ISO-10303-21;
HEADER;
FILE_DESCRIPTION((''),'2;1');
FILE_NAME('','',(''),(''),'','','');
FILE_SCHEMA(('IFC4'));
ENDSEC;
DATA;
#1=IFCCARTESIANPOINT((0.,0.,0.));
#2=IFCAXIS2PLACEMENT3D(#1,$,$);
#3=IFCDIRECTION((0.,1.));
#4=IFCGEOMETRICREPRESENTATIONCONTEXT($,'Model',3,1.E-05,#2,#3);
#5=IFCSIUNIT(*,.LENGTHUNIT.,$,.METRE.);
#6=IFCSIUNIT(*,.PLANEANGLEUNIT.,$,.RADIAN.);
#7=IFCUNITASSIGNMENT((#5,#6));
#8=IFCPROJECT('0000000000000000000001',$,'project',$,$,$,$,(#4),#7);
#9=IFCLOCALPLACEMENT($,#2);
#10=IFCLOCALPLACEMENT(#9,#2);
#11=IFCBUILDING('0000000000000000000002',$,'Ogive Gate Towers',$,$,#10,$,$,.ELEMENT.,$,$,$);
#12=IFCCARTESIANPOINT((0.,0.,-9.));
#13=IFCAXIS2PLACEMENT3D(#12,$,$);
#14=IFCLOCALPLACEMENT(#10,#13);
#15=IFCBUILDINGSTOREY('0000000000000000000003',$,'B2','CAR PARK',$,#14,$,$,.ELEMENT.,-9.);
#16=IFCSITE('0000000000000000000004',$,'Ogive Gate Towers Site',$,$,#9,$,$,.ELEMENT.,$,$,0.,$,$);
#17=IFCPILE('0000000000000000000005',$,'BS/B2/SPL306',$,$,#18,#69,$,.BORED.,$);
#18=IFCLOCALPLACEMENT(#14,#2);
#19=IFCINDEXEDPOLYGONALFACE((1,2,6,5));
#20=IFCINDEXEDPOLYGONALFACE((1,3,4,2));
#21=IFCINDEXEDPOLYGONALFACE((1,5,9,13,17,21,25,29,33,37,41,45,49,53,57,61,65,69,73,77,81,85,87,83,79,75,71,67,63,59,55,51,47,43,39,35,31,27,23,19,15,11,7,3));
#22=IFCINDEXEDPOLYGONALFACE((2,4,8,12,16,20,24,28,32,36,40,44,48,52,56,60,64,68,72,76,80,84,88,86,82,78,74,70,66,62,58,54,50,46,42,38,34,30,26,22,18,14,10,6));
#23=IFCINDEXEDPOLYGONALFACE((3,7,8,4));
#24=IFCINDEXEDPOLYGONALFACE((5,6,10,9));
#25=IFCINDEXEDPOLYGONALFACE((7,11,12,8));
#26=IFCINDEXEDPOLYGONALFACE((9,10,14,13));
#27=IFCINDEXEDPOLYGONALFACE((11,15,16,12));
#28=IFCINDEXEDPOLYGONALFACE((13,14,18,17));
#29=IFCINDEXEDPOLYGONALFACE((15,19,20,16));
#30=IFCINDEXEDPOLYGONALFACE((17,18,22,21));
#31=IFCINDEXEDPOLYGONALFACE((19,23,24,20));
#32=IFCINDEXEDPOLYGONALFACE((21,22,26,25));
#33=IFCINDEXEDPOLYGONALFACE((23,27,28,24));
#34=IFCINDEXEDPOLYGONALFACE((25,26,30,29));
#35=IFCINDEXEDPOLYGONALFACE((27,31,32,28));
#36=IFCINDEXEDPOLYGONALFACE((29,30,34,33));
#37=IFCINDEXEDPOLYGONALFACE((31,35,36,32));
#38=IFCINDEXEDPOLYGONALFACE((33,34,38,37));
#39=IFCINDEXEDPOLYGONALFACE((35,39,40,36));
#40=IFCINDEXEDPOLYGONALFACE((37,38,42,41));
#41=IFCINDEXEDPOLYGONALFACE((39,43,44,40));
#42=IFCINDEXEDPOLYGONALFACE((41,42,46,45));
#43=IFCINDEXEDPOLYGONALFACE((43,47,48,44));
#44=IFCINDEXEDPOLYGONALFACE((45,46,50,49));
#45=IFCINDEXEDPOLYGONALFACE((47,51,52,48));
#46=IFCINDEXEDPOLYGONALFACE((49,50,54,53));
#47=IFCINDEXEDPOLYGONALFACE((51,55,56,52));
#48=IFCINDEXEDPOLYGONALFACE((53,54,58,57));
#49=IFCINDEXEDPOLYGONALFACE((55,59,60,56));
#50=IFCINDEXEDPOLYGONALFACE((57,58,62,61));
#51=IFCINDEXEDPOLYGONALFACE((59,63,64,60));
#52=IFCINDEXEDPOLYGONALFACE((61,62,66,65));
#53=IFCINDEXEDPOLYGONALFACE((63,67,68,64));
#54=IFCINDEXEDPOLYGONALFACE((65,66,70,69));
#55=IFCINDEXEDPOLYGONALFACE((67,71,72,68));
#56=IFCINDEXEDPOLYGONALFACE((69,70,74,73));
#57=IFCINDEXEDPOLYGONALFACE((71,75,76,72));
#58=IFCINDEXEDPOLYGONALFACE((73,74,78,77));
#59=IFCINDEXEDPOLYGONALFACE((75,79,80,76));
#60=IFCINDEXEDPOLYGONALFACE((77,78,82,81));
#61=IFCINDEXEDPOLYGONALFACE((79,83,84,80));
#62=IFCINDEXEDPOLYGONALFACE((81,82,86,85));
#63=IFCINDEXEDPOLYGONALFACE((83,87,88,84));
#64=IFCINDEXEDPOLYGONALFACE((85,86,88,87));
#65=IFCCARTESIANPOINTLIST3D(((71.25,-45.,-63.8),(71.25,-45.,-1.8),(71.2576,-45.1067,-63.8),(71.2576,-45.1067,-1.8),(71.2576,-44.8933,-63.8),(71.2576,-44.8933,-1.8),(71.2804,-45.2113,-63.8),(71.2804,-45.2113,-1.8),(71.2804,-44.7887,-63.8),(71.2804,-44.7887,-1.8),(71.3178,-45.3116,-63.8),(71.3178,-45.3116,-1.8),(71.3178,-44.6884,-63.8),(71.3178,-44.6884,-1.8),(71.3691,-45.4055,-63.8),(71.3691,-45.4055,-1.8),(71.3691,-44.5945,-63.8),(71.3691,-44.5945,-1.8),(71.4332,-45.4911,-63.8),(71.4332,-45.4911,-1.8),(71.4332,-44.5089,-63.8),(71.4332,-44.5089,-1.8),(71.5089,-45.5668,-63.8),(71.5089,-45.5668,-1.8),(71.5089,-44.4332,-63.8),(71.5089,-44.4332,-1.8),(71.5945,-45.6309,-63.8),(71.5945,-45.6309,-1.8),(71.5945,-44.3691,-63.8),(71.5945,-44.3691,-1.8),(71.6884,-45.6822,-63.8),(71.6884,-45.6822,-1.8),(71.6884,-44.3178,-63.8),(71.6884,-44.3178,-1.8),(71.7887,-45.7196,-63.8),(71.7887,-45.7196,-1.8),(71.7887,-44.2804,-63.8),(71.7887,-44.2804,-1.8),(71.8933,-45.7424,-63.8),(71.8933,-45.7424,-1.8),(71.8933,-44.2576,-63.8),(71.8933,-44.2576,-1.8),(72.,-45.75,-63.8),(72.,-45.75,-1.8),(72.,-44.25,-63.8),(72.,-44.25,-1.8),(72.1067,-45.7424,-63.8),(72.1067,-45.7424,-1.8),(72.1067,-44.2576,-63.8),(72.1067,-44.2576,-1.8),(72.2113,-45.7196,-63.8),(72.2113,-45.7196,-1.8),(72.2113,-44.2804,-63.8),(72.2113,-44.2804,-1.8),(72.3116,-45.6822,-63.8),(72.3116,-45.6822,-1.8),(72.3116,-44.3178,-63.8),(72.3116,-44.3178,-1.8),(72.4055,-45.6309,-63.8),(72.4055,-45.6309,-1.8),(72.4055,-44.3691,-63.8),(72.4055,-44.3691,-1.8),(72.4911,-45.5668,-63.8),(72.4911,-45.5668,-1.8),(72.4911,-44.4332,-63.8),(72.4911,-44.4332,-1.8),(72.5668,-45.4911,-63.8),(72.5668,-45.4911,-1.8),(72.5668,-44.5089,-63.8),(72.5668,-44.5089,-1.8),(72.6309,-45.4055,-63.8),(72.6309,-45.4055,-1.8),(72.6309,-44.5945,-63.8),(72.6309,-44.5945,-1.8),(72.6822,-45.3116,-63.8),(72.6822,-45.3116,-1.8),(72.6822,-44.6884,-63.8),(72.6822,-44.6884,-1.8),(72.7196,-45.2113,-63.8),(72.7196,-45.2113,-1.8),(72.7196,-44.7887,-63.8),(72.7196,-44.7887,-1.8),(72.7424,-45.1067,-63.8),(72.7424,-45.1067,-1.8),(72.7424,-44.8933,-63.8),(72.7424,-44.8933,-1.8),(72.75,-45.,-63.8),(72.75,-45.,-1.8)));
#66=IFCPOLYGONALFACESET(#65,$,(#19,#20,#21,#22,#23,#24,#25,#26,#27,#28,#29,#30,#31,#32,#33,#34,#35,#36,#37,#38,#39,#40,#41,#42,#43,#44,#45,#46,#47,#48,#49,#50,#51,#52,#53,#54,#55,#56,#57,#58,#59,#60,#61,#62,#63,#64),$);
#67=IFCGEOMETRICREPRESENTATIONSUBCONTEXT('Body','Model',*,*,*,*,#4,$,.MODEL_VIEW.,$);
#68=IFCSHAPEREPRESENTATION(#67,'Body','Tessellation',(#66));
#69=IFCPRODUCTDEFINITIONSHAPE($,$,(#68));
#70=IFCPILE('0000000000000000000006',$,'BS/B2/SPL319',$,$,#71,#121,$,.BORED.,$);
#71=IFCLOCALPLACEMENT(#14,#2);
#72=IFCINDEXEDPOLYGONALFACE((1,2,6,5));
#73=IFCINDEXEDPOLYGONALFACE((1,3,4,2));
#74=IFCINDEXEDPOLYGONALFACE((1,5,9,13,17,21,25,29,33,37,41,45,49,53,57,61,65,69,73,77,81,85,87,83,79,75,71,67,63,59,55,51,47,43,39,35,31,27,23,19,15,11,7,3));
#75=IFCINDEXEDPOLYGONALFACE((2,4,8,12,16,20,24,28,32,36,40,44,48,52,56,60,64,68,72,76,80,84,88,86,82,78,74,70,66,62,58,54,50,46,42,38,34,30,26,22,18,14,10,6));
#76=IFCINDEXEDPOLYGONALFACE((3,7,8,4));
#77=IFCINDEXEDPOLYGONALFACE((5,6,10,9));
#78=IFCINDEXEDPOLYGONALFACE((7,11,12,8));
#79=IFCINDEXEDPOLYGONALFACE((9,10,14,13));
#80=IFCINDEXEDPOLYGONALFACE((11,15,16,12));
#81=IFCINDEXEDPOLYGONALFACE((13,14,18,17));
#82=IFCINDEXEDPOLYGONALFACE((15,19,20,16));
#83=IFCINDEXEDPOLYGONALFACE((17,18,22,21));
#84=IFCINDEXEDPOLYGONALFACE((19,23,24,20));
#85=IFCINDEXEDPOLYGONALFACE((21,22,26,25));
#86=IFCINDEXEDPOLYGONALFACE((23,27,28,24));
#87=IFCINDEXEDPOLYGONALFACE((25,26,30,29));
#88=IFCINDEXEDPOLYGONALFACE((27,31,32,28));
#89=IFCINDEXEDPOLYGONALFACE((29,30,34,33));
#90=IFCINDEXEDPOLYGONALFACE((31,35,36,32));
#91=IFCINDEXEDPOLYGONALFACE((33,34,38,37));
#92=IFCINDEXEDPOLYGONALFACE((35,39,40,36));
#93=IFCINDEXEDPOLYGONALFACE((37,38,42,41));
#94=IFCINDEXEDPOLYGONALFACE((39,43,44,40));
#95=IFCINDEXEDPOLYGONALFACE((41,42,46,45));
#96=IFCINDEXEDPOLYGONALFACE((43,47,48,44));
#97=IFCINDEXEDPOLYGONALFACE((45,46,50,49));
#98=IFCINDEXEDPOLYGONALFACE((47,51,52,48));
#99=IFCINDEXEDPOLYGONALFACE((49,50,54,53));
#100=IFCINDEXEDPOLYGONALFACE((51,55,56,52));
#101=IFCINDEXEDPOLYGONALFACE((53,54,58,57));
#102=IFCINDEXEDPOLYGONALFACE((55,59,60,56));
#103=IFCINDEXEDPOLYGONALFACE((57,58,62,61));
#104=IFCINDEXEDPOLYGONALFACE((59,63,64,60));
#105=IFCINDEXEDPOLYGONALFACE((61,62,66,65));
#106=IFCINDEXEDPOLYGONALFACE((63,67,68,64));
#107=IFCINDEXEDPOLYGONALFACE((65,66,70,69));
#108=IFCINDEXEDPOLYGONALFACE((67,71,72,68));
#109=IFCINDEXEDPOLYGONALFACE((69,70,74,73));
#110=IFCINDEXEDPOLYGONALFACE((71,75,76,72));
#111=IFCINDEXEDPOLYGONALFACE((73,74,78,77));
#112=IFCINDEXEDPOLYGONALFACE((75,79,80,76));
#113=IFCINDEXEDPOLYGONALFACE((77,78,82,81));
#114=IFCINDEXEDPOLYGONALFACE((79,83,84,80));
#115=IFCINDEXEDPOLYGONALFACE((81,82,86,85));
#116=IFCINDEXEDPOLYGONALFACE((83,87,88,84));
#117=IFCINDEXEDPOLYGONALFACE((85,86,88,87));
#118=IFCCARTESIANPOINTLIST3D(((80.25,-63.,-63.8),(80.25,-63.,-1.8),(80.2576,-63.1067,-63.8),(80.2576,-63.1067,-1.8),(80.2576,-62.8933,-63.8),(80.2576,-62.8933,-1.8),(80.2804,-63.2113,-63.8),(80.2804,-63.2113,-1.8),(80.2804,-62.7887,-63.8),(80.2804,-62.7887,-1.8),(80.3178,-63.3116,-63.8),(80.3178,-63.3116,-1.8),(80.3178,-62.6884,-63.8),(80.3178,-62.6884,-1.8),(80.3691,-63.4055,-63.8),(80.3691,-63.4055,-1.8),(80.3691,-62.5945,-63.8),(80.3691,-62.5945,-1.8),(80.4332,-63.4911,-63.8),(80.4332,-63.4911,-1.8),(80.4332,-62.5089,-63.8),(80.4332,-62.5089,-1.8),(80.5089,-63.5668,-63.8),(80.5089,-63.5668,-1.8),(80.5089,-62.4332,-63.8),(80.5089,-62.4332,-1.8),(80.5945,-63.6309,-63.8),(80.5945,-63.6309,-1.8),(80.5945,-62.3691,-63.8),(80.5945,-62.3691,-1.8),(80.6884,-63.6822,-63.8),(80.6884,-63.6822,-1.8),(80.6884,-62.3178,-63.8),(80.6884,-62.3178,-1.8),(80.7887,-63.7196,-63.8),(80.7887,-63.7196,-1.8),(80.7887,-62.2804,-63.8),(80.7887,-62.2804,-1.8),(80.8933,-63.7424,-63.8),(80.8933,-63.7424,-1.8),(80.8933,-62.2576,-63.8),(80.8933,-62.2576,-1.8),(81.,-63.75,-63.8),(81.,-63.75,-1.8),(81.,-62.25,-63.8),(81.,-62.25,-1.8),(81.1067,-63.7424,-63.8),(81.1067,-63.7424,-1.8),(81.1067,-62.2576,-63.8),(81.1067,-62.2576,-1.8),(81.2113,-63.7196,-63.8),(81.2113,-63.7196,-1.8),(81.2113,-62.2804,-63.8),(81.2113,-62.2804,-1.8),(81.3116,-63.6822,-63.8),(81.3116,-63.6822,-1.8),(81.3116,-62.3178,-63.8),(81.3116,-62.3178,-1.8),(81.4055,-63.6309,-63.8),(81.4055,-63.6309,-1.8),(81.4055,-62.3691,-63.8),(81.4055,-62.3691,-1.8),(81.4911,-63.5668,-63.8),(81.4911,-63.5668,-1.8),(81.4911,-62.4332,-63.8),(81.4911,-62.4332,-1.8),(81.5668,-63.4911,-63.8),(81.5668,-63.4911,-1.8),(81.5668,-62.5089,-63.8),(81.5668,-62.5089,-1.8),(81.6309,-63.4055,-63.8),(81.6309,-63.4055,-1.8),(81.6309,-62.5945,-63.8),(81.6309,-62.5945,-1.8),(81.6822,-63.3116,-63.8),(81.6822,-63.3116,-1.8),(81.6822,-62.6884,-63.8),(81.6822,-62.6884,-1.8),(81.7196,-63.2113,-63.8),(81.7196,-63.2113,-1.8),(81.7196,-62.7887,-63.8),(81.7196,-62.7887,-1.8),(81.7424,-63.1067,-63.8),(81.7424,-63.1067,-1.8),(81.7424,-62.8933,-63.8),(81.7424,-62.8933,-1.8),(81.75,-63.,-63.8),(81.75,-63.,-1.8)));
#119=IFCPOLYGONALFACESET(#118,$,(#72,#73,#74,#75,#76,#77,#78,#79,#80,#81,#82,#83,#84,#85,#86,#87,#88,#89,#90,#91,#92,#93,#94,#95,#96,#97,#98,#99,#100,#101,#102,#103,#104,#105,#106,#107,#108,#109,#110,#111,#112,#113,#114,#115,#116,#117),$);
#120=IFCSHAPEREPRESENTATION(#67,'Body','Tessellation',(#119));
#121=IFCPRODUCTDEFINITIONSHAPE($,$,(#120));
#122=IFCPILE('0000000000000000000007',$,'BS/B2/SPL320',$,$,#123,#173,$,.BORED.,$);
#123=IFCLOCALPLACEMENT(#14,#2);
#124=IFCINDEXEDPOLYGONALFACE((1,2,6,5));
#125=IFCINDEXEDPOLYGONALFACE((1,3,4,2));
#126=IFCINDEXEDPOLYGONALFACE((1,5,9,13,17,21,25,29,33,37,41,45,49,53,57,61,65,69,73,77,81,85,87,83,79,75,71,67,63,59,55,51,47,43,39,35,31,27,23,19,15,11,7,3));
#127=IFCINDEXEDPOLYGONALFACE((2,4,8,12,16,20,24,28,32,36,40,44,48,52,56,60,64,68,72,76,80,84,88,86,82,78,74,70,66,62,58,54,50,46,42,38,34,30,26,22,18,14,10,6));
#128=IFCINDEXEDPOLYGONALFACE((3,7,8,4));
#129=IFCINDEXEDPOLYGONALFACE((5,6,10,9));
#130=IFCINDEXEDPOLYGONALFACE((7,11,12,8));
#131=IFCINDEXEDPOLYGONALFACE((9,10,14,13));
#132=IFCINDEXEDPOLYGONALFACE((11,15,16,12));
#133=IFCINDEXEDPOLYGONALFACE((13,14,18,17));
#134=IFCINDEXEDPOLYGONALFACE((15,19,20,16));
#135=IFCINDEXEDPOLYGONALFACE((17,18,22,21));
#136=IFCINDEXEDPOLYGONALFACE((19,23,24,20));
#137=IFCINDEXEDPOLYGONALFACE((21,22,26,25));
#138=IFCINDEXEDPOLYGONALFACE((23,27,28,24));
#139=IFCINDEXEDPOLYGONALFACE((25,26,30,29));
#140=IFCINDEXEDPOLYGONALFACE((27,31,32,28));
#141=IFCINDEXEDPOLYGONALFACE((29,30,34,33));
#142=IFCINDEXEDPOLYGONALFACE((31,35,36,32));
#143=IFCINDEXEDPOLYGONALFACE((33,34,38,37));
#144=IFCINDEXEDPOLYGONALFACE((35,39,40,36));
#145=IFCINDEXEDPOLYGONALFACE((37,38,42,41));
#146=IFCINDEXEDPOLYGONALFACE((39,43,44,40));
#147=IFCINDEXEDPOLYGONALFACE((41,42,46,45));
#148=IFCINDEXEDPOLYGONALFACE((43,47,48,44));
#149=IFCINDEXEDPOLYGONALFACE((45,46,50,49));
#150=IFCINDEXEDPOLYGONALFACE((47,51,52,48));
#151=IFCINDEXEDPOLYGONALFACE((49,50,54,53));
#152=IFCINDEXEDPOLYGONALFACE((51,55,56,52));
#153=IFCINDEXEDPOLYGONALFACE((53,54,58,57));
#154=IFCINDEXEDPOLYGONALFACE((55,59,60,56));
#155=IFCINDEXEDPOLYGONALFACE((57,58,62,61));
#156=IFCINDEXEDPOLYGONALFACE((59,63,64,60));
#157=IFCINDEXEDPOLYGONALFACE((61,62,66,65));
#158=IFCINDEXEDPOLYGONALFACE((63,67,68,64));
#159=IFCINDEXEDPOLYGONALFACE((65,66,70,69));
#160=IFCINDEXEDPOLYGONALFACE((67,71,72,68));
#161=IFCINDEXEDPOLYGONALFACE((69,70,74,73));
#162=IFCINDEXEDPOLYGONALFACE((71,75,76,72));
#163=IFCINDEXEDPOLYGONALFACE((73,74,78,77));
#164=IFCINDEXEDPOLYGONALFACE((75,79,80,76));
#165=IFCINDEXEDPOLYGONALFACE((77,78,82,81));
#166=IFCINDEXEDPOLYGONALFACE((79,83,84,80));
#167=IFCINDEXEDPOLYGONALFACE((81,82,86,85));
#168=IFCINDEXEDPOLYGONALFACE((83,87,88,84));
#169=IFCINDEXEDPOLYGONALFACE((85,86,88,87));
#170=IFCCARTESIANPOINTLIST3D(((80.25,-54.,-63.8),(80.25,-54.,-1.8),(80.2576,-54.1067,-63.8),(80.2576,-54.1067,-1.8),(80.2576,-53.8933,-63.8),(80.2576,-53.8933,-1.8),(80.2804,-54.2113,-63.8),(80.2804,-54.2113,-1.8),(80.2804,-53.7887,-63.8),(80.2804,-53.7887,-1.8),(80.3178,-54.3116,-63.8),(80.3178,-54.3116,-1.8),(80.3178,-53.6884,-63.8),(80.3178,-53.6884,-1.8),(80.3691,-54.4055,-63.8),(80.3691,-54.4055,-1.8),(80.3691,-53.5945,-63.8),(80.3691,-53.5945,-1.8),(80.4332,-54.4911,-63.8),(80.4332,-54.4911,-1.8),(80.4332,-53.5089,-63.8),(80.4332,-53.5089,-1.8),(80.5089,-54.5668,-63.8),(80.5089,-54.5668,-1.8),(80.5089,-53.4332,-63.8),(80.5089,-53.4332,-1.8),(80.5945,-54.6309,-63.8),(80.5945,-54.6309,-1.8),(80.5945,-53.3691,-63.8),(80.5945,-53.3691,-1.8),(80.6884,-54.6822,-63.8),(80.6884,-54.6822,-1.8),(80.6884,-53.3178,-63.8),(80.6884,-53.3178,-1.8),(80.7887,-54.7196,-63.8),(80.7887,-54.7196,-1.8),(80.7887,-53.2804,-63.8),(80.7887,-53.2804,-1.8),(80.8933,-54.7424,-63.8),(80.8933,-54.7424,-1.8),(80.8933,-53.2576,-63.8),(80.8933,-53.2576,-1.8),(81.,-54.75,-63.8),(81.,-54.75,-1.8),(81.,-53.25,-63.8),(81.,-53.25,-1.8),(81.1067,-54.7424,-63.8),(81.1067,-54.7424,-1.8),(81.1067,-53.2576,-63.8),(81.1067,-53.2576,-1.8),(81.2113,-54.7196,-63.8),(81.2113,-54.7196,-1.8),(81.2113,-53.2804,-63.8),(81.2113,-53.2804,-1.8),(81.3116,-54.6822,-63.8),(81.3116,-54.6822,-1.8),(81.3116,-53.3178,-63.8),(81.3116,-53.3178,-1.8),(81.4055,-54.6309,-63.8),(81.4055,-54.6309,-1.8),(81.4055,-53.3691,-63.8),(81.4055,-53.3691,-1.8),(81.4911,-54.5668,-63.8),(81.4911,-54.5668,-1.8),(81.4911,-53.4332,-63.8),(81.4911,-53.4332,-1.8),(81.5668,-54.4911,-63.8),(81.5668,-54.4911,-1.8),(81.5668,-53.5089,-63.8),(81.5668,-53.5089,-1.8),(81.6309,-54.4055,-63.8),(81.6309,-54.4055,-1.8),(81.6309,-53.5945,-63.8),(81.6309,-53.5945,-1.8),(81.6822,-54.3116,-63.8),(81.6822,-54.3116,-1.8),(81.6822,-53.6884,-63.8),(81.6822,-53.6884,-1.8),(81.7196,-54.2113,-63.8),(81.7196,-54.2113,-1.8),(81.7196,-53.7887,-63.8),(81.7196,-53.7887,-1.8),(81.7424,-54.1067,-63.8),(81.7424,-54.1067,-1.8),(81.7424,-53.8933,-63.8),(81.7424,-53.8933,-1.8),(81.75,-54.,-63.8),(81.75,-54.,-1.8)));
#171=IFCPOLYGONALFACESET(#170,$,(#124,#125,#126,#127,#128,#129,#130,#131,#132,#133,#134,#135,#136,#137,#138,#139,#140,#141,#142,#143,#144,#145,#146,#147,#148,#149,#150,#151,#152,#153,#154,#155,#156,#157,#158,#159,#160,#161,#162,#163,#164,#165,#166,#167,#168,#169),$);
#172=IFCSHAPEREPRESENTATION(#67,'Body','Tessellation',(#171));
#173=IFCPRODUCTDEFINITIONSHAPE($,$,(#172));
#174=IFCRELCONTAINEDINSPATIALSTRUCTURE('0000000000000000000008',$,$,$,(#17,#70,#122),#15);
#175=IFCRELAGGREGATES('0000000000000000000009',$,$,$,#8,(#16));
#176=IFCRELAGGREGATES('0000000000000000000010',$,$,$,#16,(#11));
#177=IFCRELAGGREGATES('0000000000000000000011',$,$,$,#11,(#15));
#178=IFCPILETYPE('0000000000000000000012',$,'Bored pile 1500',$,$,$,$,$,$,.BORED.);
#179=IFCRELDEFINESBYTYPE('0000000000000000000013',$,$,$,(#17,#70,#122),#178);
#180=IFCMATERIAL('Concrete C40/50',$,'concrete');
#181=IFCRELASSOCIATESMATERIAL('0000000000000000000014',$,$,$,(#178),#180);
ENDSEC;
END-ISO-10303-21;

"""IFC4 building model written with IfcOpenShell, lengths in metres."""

from ifc_helpers import new_model, si_unit, direction, frame, origin, origin_2d, place, context, subcontext, project, spatial, circle, extrude, material, material_profile, profile_set, type_object, element, save


model = new_model("IFC4")

# Units and contexts
model_context = context("Model", 3, precision=1e-05, world=origin(), true_north=direction((0.0, 1.0)))
body_context = subcontext(model_context, "Body", "Model", "MODEL_VIEW")
ifc_project = project(units=[si_unit("LENGTHUNIT", "METRE"), si_unit("PLANEANGLEUNIT", "RADIAN")], contexts=[model_context])

# Site, building, storey
site_placement = place(None, origin())
site = spatial("IfcSite", under=ifc_project, at=site_placement, Name="Ogive Gate Towers Site", CompositionType="ELEMENT", RefElevation=0.0)
building_placement = place(site_placement, origin())
building = spatial("IfcBuilding", under=site, at=building_placement, Name="Ogive Gate Towers", CompositionType="ELEMENT")
storey_placement = place(building_placement, frame((0.0, 0.0, -9.0)))
storey = spatial("IfcBuildingStorey", under=building, at=storey_placement, Name="B2", Description="CAR PARK", CompositionType="ELEMENT", Elevation=-9.0)

# Piles
ifc_material_1 = material(Name="Concrete C40/50", Category="concrete")
ifc_material_profile_1 = material_profile(ifc_material_1, circle(Radius=0.75, at=origin_2d()), Name="BP 1500")
ifc_profile_set_1 = profile_set([ifc_material_profile_1], Name="Concrete C40/50")
pile_type = type_object("IfcPileType", Name="Bored pile 1500", PredefinedType="BORED", material=ifc_profile_set_1)
for number, where, z_axis, x_axis, name in (
    (1, (72.0, -45.0, -1.8), (0.0, 0.0, -1.0), (1.0, 0.0, 0.0), "BS/B2/SPL306"),
    (2, (81.0, -63.0, -1.8), (0.0, 0.0, -1.0), (1.0, 0.0, 0.0), "BS/B2/SPL319"),
    (3, (81.0, -54.0, -1.8), (0.0, 0.0, -1.0), (1.0, 0.0, 0.0), "BS/B2/SPL320"),
):
    element("IfcPile", number, at=place(storey_placement, frame(where, z_axis=z_axis, x_axis=x_axis)), inside=storey, type_object=pile_type, Name=name, PredefinedType="BORED", context=body_context, shape_type="SweptSolid", body=[
        extrude(circle(Radius=0.75, at=origin_2d()), origin(), (0.0, 0.0, 1.0), 62.0),
    ])

save(model, "model.ifc")
